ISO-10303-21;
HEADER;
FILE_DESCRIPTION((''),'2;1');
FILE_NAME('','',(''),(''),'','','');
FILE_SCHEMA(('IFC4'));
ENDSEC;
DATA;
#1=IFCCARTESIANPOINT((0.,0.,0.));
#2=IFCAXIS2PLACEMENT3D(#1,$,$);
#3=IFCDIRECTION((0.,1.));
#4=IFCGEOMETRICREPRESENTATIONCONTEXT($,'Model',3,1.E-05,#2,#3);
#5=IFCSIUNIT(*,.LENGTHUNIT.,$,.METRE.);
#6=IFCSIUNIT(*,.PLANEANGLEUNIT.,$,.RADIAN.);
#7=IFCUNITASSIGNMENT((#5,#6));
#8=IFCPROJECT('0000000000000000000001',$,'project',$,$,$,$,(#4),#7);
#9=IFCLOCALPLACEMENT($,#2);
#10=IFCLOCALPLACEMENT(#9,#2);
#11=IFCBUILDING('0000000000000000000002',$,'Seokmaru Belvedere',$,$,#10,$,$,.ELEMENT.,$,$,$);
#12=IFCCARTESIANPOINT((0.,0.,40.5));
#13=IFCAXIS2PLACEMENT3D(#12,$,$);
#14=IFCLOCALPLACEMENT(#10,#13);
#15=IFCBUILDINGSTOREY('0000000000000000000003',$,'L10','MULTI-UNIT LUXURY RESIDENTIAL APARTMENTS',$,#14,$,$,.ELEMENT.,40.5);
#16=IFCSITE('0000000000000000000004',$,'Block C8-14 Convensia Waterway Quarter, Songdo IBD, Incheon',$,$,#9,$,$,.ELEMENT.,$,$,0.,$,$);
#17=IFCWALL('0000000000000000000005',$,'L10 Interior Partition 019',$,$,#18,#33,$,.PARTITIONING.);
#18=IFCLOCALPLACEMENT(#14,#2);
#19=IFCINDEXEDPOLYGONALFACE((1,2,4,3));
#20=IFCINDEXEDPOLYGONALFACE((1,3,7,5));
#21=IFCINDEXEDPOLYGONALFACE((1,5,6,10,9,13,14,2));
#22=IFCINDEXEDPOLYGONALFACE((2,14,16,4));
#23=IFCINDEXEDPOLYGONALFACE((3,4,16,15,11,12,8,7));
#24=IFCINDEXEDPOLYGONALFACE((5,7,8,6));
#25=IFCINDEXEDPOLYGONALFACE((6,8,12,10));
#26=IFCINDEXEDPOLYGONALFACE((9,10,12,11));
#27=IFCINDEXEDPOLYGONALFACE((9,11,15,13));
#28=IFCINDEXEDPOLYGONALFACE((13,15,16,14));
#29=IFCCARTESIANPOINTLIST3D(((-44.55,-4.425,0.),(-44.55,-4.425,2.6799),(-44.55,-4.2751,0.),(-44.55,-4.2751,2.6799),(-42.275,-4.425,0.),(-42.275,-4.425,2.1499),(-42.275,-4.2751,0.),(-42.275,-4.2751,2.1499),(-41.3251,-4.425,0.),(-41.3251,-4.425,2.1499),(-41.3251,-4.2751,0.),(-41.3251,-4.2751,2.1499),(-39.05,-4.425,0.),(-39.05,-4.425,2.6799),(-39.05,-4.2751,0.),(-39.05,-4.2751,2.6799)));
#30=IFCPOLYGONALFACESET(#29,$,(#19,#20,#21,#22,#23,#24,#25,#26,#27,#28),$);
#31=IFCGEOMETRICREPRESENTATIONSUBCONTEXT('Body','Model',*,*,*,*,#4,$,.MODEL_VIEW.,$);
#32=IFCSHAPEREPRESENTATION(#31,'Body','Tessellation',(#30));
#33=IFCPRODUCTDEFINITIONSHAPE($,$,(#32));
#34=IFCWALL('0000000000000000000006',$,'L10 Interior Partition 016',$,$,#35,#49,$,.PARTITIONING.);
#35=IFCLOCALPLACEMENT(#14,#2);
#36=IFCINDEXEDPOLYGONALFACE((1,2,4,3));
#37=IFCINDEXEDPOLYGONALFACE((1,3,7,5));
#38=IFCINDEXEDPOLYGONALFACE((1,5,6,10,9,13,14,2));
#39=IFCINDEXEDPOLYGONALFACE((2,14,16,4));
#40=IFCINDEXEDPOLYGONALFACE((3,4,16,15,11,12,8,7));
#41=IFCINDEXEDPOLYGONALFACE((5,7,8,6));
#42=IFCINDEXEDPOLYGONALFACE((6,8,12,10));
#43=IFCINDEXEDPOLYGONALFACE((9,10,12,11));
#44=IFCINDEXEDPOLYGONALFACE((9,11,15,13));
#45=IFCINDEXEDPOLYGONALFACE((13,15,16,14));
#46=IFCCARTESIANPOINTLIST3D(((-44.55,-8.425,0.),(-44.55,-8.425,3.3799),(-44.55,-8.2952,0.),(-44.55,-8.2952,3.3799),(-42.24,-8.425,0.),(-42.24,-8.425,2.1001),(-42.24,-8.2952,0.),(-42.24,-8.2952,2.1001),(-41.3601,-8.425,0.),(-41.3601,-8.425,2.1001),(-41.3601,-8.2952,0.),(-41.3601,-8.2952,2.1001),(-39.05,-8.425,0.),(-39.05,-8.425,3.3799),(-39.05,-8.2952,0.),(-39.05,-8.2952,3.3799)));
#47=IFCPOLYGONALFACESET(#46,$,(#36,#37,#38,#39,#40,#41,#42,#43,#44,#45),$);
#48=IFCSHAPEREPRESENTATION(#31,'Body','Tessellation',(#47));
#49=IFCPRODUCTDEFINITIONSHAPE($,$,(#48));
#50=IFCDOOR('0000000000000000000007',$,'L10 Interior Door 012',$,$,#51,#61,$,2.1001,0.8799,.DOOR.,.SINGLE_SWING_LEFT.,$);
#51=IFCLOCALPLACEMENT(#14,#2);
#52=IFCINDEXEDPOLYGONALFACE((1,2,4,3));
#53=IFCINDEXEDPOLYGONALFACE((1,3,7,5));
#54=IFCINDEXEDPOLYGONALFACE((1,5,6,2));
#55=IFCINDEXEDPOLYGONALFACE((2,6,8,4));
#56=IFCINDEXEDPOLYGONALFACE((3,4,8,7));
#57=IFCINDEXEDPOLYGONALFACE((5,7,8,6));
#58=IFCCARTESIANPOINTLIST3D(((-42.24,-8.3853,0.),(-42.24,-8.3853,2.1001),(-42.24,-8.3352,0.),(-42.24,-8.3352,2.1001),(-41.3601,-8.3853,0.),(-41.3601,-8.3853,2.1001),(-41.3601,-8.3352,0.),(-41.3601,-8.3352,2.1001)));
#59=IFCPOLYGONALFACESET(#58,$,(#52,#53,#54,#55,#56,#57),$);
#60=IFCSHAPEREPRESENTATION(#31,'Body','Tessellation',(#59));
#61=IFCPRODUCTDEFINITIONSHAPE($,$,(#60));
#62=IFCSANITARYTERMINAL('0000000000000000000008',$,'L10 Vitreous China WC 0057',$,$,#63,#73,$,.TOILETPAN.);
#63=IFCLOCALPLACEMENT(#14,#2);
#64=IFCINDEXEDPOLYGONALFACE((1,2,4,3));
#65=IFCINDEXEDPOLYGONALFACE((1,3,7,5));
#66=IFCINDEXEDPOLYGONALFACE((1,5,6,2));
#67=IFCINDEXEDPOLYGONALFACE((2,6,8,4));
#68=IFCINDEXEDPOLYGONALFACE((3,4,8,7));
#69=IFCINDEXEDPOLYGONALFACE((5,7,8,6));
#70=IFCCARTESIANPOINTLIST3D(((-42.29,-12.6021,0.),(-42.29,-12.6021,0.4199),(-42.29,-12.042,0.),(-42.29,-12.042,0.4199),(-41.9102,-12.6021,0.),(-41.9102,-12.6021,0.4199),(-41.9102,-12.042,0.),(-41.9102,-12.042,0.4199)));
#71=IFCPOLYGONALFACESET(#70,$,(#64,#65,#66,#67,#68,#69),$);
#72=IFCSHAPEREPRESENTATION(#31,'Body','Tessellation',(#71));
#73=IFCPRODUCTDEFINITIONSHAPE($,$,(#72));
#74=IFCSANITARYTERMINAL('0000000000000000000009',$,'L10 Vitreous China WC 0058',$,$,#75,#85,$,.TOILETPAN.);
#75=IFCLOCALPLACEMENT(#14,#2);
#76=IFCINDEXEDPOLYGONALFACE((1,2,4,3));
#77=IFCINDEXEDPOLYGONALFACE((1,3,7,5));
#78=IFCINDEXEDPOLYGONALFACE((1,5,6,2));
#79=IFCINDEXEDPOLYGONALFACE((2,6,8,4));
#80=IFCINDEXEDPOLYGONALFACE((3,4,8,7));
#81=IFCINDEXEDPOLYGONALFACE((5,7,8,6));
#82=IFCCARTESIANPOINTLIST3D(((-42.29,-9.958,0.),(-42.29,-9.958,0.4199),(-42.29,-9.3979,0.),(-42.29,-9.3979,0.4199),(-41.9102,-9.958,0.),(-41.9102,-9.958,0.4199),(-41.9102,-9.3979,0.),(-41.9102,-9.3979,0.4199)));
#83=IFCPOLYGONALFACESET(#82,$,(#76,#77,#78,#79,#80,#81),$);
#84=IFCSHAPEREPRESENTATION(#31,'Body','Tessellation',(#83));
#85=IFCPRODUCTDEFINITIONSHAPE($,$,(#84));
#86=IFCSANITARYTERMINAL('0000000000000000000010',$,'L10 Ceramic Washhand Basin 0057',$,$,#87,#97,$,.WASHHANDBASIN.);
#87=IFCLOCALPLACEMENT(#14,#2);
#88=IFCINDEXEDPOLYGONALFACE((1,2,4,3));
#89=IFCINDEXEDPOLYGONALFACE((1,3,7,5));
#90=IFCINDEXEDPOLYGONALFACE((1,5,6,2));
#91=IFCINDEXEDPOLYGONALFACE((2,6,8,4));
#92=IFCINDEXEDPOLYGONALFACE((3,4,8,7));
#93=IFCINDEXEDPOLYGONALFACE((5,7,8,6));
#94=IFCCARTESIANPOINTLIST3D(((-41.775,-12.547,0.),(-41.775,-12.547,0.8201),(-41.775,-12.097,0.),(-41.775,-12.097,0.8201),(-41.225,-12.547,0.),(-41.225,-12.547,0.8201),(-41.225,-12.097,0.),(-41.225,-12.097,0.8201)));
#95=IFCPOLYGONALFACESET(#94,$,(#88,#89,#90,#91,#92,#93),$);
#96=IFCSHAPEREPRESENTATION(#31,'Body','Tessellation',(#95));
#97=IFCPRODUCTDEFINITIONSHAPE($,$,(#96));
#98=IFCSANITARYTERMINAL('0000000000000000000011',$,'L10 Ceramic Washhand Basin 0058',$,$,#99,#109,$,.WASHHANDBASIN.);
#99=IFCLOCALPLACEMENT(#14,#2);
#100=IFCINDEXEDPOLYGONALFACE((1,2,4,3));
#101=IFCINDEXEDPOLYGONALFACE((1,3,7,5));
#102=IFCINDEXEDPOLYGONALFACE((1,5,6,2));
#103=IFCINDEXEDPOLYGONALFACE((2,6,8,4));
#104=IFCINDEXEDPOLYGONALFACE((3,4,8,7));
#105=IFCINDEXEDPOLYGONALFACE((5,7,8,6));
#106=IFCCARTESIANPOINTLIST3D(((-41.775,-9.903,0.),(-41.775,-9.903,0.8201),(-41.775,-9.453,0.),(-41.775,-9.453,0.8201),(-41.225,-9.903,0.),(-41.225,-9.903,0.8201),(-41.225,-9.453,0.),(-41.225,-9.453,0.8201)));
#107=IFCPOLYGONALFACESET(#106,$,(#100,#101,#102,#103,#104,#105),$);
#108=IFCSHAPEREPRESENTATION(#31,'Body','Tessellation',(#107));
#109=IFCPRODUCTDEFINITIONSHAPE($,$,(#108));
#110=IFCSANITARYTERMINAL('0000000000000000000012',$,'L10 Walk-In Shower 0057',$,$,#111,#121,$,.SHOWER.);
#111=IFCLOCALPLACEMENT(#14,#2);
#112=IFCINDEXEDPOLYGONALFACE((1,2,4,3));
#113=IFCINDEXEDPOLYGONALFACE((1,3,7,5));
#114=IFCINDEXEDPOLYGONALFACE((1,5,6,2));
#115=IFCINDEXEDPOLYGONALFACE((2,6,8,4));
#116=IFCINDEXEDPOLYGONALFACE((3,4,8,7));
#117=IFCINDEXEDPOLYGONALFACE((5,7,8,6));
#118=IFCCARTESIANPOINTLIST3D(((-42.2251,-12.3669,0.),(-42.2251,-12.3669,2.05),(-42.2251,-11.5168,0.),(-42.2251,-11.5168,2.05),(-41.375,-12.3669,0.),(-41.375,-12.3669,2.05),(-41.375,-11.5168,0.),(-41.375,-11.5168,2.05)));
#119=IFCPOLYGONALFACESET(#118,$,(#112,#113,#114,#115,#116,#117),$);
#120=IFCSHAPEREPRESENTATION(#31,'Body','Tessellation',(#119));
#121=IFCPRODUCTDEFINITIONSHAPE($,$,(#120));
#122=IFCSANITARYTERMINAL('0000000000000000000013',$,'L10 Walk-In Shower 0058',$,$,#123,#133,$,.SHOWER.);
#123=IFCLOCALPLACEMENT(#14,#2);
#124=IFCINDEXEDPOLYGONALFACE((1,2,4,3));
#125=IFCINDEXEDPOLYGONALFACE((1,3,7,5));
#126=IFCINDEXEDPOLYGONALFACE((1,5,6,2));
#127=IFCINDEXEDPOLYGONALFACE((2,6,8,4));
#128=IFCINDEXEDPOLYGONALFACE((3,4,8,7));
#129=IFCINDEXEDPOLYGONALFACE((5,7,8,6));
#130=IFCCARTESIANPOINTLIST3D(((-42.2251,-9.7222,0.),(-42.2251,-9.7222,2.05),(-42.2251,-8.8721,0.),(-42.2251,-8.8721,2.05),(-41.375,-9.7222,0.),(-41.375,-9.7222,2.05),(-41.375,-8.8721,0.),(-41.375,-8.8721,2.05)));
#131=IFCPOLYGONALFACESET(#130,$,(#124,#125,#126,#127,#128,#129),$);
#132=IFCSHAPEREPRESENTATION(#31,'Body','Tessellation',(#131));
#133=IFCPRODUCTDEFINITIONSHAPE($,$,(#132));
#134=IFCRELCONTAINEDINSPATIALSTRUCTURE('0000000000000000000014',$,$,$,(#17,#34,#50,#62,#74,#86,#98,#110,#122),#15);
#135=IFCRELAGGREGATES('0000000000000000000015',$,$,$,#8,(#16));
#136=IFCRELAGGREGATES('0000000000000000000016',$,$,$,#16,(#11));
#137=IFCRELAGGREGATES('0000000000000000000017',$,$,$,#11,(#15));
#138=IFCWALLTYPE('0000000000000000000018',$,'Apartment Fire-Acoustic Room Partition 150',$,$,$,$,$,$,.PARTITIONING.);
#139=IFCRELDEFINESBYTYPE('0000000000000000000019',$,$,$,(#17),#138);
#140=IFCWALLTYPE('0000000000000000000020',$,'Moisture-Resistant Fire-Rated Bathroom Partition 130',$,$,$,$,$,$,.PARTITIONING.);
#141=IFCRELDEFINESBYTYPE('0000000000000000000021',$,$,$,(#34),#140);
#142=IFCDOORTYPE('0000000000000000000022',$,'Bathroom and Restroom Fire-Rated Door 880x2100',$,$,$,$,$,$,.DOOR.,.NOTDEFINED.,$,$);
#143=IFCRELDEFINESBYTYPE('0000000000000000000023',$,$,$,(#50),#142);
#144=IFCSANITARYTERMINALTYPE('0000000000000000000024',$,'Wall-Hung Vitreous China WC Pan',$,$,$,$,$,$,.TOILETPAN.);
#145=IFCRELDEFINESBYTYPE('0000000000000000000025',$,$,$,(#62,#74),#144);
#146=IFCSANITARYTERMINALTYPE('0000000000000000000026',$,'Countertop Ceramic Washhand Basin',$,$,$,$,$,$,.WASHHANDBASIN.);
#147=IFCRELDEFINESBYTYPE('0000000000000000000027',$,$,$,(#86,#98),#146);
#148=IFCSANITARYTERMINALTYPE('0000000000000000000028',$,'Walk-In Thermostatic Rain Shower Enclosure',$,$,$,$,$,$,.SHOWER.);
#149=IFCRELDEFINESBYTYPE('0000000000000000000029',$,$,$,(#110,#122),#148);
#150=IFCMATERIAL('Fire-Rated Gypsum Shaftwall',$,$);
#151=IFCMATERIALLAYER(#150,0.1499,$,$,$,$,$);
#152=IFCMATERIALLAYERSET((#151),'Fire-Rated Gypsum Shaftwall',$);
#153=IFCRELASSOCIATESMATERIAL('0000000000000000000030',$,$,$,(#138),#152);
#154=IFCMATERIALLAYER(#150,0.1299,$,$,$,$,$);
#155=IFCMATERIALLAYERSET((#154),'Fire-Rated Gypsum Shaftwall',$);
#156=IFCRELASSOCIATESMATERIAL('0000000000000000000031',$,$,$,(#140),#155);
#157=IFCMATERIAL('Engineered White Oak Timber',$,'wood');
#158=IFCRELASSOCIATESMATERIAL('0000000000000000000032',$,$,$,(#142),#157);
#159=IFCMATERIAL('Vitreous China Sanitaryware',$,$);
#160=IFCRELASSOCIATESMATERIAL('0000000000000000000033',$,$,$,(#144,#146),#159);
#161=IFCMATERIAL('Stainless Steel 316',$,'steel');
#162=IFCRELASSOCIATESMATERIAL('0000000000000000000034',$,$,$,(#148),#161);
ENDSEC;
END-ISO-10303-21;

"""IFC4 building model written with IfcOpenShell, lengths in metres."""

from ifc_helpers import new_model, si_unit, direction, frame, frame_2d, origin, origin_2d, place, context, subcontext, project, spatial, rectangle, extrude, source, transform, mapped, material, layer, layer_set, type_object, type_shapes, element, fill, save


model = new_model("IFC4")

# Units and contexts
model_context = context("Model", 3, precision=1e-05, world=origin(), true_north=direction((0.0, 1.0)))
body_context = subcontext(model_context, "Body", "Model", "MODEL_VIEW")
ifc_project = project(units=[si_unit("LENGTHUNIT", "METRE"), si_unit("PLANEANGLEUNIT", "RADIAN")], contexts=[model_context])

# Site, building, storey
site_placement = place(None, origin())
site = spatial("IfcSite", under=ifc_project, at=site_placement, Name="Block C8-14 Convensia Waterway Quarter, Songdo IBD, Incheon", CompositionType="ELEMENT", RefElevation=0.0)
building_placement = place(site_placement, origin())
building = spatial("IfcBuilding", under=site, at=building_placement, Name="Seokmaru Belvedere", CompositionType="ELEMENT")
storey_placement = place(building_placement, frame((0.0, 0.0, 40.5)))
storey = spatial("IfcBuildingStorey", under=building, at=storey_placement, Name="L10", Description="MULTI-UNIT LUXURY RESIDENTIAL APARTMENTS", CompositionType="ELEMENT", Elevation=40.5)

# Wall, opening
ifc_material_1 = material(Name="Fire-Rated Gypsum Shaftwall")
ifc_layer_1 = layer(ifc_material_1, 0.1499)
ifc_layer_set_1 = layer_set([ifc_layer_1], Name="Fire-Rated Gypsum Shaftwall")
wall_type_1 = type_object("IfcWallType", Name="Apartment Fire-Acoustic Room Partition 150", PredefinedType="PARTITIONING", material=ifc_layer_set_1)
wall_1_placement = place(storey_placement, frame((-44.55, -4.3501, 0.0), z_axis=(0.0, 0.0, 1.0), x_axis=(1.0, 0.0, 0.0)))
wall_1 = element("IfcWall", 1, at=wall_1_placement, inside=storey, type_object=wall_type_1, Name="L10 Interior Partition 019", PredefinedType="PARTITIONING", context=body_context, shape_type="SweptSolid", body=[
    extrude(rectangle(XDim=5.5, YDim=0.1499, at=frame_2d((2.75, 0.0))), origin(), (0.0, 0.0, 1.0), 2.6799),
])
opening_1_placement = place(wall_1_placement, frame((2.2749, 0.0, 0.0)))
element("IfcOpeningElement", 2, at=opening_1_placement, cuts=wall_1, PredefinedType="OPENING", context=body_context, shape_type="SweptSolid", body=[
    extrude(rectangle(XDim=0.95, YDim=2.1499, at=frame_2d((0.4751, 1.075))), frame((0.0, 0.085, 0.0), z_axis=(0.0, -1.0, 0.0), x_axis=(1.0, 0.0, 0.0)), (0.0, 0.0, 1.0), 0.1699),
])

# Wall, opening, door
ifc_layer_2 = layer(ifc_material_1, 0.1299)
ifc_layer_set_2 = layer_set([ifc_layer_2], Name="Fire-Rated Gypsum Shaftwall")
wall_type_2 = type_object("IfcWallType", Name="Moisture-Resistant Fire-Rated Bathroom Partition 130", PredefinedType="PARTITIONING", material=ifc_layer_set_2)
wall_2_placement = place(storey_placement, frame((-44.55, -8.3601, 0.0), z_axis=(0.0, 0.0, 1.0), x_axis=(1.0, 0.0, 0.0)))
wall_2 = element("IfcWall", 3, at=wall_2_placement, inside=storey, type_object=wall_type_2, Name="L10 Interior Partition 016", PredefinedType="PARTITIONING", context=body_context, shape_type="SweptSolid", body=[
    extrude(rectangle(XDim=5.5, YDim=0.1299, at=frame_2d((2.75, 0.0))), origin(), (0.0, 0.0, 1.0), 3.3799),
])
opening_2_placement = place(wall_2_placement, frame((2.3101, 0.0, 0.0)))
opening_2 = element("IfcOpeningElement", 4, at=opening_2_placement, cuts=wall_2, PredefinedType="OPENING", context=body_context, shape_type="SweptSolid", body=[
    extrude(rectangle(XDim=0.8799, YDim=2.1001, at=frame_2d((0.4399, 1.05))), frame((0.0, 0.075, 0.0), z_axis=(0.0, -1.0, 0.0), x_axis=(1.0, 0.0, 0.0)), (0.0, 0.0, 1.0), 0.1499),
])
ifc_material_2 = material(Name="Engineered White Oak Timber", Category="wood")
door_type = type_object("IfcDoorType", Name="Bathroom and Restroom Fire-Rated Door 880x2100", OperationType="NOTDEFINED", PredefinedType="DOOR", material=ifc_material_2)
shared_shape_1 = source(origin(), body_context, "Body", "SweptSolid", [
    extrude(rectangle(XDim=0.8799, YDim=2.1001, at=frame_2d((0.4399, 1.05))), frame((0.0, 0.0249, 0.0), z_axis=(0.0, -1.0, 0.0), x_axis=(1.0, 0.0, 0.0)), (0.0, 0.0, 1.0), 0.05),
])
type_shapes(door_type, [shared_shape_1])
door_placement = place(opening_2_placement, origin())
door = element("IfcDoor", 5, at=door_placement, inside=storey, type_object=door_type, Name="L10 Interior Door 012", OperationType="SINGLE_SWING_LEFT", OverallHeight=2.1001, OverallWidth=0.8799, PredefinedType="DOOR", context=body_context, shape_type="MappedRepresentation", body=[
    mapped(shared_shape_1, transform((0.0, 0.0, 0.0), scale=1.0)),
])
fill(opening_2, door)

# Sanitary terminals
ifc_material_3 = material(Name="Vitreous China Sanitaryware")
sanitary_terminal_type_1 = type_object("IfcSanitaryTerminalType", Name="Wall-Hung Vitreous China WC Pan", PredefinedType="TOILETPAN", material=ifc_material_3)
shared_shape_2 = source(origin(), body_context, "Body", "SweptSolid", [
    extrude(rectangle(XDim=0.3799, YDim=0.5601, at=origin_2d()), origin(), (0.0, 0.0, 1.0), 0.4199),
])
type_shapes(sanitary_terminal_type_1, [shared_shape_2])
for number, where, z_axis, x_axis, name in (
    (6, (-42.1001, -12.322, 0.0), (0.0, 0.0, 1.0), (1.0, 0.0, 0.0), "L10 Vitreous China WC 0057"),
    (7, (-42.1001, -9.678, 0.0), (0.0, 0.0, 1.0), (1.0, 0.0, 0.0), "L10 Vitreous China WC 0058"),
):
    element("IfcSanitaryTerminal", number, at=place(storey_placement, frame(where, z_axis=z_axis, x_axis=x_axis)), inside=storey, type_object=sanitary_terminal_type_1, Name=name, PredefinedType="TOILETPAN", context=body_context, shape_type="MappedRepresentation", body=[
        mapped(shared_shape_2, transform((0.0, 0.0, 0.0), scale=1.0)),
    ])
sanitary_terminal_type_2 = type_object("IfcSanitaryTerminalType", Name="Countertop Ceramic Washhand Basin", PredefinedType="WASHHANDBASIN", material=ifc_material_3)
shared_shape_3 = source(origin(), body_context, "Body", "SweptSolid", [
    extrude(rectangle(XDim=0.55, YDim=0.45, at=origin_2d()), origin(), (0.0, 0.0, 1.0), 0.8201),
])
type_shapes(sanitary_terminal_type_2, [shared_shape_3])
for number, where, z_axis, x_axis, name in (
    (8, (-41.5, -12.322, 0.0), (0.0, 0.0, 1.0), (1.0, 0.0, 0.0), "L10 Ceramic Washhand Basin 0057"),
    (9, (-41.5, -9.678, 0.0), (0.0, 0.0, 1.0), (1.0, 0.0, 0.0), "L10 Ceramic Washhand Basin 0058"),
):
    element("IfcSanitaryTerminal", number, at=place(storey_placement, frame(where, z_axis=z_axis, x_axis=x_axis)), inside=storey, type_object=sanitary_terminal_type_2, Name=name, PredefinedType="WASHHANDBASIN", context=body_context, shape_type="MappedRepresentation", body=[
        mapped(shared_shape_3, transform((0.0, 0.0, 0.0), scale=1.0)),
    ])
ifc_material_4 = material(Name="Stainless Steel 316", Category="steel")
sanitary_terminal_type_3 = type_object("IfcSanitaryTerminalType", Name="Walk-In Thermostatic Rain Shower Enclosure", PredefinedType="SHOWER", material=ifc_material_4)
shared_shape_4 = source(origin(), body_context, "Body", "SweptSolid", [
    extrude(rectangle(XDim=0.8501, YDim=0.8501, at=origin_2d()), origin(), (0.0, 0.0, 1.0), 2.05),
])
type_shapes(sanitary_terminal_type_3, [shared_shape_4])
for number, where, z_axis, x_axis, name in (
    (10, (-41.8, -11.9419, 0.0), (0.0, 0.0, 1.0), (1.0, 0.0, 0.0), "L10 Walk-In Shower 0057"),
    (11, (-41.8, -9.2971, 0.0), (0.0, 0.0, 1.0), (1.0, 0.0, 0.0), "L10 Walk-In Shower 0058"),
):
    element("IfcSanitaryTerminal", number, at=place(storey_placement, frame(where, z_axis=z_axis, x_axis=x_axis)), inside=storey, type_object=sanitary_terminal_type_3, Name=name, PredefinedType="SHOWER", context=body_context, shape_type="MappedRepresentation", body=[
        mapped(shared_shape_4, transform((0.0, 0.0, 0.0), scale=1.0)),
    ])

save(model, "model.ifc")
